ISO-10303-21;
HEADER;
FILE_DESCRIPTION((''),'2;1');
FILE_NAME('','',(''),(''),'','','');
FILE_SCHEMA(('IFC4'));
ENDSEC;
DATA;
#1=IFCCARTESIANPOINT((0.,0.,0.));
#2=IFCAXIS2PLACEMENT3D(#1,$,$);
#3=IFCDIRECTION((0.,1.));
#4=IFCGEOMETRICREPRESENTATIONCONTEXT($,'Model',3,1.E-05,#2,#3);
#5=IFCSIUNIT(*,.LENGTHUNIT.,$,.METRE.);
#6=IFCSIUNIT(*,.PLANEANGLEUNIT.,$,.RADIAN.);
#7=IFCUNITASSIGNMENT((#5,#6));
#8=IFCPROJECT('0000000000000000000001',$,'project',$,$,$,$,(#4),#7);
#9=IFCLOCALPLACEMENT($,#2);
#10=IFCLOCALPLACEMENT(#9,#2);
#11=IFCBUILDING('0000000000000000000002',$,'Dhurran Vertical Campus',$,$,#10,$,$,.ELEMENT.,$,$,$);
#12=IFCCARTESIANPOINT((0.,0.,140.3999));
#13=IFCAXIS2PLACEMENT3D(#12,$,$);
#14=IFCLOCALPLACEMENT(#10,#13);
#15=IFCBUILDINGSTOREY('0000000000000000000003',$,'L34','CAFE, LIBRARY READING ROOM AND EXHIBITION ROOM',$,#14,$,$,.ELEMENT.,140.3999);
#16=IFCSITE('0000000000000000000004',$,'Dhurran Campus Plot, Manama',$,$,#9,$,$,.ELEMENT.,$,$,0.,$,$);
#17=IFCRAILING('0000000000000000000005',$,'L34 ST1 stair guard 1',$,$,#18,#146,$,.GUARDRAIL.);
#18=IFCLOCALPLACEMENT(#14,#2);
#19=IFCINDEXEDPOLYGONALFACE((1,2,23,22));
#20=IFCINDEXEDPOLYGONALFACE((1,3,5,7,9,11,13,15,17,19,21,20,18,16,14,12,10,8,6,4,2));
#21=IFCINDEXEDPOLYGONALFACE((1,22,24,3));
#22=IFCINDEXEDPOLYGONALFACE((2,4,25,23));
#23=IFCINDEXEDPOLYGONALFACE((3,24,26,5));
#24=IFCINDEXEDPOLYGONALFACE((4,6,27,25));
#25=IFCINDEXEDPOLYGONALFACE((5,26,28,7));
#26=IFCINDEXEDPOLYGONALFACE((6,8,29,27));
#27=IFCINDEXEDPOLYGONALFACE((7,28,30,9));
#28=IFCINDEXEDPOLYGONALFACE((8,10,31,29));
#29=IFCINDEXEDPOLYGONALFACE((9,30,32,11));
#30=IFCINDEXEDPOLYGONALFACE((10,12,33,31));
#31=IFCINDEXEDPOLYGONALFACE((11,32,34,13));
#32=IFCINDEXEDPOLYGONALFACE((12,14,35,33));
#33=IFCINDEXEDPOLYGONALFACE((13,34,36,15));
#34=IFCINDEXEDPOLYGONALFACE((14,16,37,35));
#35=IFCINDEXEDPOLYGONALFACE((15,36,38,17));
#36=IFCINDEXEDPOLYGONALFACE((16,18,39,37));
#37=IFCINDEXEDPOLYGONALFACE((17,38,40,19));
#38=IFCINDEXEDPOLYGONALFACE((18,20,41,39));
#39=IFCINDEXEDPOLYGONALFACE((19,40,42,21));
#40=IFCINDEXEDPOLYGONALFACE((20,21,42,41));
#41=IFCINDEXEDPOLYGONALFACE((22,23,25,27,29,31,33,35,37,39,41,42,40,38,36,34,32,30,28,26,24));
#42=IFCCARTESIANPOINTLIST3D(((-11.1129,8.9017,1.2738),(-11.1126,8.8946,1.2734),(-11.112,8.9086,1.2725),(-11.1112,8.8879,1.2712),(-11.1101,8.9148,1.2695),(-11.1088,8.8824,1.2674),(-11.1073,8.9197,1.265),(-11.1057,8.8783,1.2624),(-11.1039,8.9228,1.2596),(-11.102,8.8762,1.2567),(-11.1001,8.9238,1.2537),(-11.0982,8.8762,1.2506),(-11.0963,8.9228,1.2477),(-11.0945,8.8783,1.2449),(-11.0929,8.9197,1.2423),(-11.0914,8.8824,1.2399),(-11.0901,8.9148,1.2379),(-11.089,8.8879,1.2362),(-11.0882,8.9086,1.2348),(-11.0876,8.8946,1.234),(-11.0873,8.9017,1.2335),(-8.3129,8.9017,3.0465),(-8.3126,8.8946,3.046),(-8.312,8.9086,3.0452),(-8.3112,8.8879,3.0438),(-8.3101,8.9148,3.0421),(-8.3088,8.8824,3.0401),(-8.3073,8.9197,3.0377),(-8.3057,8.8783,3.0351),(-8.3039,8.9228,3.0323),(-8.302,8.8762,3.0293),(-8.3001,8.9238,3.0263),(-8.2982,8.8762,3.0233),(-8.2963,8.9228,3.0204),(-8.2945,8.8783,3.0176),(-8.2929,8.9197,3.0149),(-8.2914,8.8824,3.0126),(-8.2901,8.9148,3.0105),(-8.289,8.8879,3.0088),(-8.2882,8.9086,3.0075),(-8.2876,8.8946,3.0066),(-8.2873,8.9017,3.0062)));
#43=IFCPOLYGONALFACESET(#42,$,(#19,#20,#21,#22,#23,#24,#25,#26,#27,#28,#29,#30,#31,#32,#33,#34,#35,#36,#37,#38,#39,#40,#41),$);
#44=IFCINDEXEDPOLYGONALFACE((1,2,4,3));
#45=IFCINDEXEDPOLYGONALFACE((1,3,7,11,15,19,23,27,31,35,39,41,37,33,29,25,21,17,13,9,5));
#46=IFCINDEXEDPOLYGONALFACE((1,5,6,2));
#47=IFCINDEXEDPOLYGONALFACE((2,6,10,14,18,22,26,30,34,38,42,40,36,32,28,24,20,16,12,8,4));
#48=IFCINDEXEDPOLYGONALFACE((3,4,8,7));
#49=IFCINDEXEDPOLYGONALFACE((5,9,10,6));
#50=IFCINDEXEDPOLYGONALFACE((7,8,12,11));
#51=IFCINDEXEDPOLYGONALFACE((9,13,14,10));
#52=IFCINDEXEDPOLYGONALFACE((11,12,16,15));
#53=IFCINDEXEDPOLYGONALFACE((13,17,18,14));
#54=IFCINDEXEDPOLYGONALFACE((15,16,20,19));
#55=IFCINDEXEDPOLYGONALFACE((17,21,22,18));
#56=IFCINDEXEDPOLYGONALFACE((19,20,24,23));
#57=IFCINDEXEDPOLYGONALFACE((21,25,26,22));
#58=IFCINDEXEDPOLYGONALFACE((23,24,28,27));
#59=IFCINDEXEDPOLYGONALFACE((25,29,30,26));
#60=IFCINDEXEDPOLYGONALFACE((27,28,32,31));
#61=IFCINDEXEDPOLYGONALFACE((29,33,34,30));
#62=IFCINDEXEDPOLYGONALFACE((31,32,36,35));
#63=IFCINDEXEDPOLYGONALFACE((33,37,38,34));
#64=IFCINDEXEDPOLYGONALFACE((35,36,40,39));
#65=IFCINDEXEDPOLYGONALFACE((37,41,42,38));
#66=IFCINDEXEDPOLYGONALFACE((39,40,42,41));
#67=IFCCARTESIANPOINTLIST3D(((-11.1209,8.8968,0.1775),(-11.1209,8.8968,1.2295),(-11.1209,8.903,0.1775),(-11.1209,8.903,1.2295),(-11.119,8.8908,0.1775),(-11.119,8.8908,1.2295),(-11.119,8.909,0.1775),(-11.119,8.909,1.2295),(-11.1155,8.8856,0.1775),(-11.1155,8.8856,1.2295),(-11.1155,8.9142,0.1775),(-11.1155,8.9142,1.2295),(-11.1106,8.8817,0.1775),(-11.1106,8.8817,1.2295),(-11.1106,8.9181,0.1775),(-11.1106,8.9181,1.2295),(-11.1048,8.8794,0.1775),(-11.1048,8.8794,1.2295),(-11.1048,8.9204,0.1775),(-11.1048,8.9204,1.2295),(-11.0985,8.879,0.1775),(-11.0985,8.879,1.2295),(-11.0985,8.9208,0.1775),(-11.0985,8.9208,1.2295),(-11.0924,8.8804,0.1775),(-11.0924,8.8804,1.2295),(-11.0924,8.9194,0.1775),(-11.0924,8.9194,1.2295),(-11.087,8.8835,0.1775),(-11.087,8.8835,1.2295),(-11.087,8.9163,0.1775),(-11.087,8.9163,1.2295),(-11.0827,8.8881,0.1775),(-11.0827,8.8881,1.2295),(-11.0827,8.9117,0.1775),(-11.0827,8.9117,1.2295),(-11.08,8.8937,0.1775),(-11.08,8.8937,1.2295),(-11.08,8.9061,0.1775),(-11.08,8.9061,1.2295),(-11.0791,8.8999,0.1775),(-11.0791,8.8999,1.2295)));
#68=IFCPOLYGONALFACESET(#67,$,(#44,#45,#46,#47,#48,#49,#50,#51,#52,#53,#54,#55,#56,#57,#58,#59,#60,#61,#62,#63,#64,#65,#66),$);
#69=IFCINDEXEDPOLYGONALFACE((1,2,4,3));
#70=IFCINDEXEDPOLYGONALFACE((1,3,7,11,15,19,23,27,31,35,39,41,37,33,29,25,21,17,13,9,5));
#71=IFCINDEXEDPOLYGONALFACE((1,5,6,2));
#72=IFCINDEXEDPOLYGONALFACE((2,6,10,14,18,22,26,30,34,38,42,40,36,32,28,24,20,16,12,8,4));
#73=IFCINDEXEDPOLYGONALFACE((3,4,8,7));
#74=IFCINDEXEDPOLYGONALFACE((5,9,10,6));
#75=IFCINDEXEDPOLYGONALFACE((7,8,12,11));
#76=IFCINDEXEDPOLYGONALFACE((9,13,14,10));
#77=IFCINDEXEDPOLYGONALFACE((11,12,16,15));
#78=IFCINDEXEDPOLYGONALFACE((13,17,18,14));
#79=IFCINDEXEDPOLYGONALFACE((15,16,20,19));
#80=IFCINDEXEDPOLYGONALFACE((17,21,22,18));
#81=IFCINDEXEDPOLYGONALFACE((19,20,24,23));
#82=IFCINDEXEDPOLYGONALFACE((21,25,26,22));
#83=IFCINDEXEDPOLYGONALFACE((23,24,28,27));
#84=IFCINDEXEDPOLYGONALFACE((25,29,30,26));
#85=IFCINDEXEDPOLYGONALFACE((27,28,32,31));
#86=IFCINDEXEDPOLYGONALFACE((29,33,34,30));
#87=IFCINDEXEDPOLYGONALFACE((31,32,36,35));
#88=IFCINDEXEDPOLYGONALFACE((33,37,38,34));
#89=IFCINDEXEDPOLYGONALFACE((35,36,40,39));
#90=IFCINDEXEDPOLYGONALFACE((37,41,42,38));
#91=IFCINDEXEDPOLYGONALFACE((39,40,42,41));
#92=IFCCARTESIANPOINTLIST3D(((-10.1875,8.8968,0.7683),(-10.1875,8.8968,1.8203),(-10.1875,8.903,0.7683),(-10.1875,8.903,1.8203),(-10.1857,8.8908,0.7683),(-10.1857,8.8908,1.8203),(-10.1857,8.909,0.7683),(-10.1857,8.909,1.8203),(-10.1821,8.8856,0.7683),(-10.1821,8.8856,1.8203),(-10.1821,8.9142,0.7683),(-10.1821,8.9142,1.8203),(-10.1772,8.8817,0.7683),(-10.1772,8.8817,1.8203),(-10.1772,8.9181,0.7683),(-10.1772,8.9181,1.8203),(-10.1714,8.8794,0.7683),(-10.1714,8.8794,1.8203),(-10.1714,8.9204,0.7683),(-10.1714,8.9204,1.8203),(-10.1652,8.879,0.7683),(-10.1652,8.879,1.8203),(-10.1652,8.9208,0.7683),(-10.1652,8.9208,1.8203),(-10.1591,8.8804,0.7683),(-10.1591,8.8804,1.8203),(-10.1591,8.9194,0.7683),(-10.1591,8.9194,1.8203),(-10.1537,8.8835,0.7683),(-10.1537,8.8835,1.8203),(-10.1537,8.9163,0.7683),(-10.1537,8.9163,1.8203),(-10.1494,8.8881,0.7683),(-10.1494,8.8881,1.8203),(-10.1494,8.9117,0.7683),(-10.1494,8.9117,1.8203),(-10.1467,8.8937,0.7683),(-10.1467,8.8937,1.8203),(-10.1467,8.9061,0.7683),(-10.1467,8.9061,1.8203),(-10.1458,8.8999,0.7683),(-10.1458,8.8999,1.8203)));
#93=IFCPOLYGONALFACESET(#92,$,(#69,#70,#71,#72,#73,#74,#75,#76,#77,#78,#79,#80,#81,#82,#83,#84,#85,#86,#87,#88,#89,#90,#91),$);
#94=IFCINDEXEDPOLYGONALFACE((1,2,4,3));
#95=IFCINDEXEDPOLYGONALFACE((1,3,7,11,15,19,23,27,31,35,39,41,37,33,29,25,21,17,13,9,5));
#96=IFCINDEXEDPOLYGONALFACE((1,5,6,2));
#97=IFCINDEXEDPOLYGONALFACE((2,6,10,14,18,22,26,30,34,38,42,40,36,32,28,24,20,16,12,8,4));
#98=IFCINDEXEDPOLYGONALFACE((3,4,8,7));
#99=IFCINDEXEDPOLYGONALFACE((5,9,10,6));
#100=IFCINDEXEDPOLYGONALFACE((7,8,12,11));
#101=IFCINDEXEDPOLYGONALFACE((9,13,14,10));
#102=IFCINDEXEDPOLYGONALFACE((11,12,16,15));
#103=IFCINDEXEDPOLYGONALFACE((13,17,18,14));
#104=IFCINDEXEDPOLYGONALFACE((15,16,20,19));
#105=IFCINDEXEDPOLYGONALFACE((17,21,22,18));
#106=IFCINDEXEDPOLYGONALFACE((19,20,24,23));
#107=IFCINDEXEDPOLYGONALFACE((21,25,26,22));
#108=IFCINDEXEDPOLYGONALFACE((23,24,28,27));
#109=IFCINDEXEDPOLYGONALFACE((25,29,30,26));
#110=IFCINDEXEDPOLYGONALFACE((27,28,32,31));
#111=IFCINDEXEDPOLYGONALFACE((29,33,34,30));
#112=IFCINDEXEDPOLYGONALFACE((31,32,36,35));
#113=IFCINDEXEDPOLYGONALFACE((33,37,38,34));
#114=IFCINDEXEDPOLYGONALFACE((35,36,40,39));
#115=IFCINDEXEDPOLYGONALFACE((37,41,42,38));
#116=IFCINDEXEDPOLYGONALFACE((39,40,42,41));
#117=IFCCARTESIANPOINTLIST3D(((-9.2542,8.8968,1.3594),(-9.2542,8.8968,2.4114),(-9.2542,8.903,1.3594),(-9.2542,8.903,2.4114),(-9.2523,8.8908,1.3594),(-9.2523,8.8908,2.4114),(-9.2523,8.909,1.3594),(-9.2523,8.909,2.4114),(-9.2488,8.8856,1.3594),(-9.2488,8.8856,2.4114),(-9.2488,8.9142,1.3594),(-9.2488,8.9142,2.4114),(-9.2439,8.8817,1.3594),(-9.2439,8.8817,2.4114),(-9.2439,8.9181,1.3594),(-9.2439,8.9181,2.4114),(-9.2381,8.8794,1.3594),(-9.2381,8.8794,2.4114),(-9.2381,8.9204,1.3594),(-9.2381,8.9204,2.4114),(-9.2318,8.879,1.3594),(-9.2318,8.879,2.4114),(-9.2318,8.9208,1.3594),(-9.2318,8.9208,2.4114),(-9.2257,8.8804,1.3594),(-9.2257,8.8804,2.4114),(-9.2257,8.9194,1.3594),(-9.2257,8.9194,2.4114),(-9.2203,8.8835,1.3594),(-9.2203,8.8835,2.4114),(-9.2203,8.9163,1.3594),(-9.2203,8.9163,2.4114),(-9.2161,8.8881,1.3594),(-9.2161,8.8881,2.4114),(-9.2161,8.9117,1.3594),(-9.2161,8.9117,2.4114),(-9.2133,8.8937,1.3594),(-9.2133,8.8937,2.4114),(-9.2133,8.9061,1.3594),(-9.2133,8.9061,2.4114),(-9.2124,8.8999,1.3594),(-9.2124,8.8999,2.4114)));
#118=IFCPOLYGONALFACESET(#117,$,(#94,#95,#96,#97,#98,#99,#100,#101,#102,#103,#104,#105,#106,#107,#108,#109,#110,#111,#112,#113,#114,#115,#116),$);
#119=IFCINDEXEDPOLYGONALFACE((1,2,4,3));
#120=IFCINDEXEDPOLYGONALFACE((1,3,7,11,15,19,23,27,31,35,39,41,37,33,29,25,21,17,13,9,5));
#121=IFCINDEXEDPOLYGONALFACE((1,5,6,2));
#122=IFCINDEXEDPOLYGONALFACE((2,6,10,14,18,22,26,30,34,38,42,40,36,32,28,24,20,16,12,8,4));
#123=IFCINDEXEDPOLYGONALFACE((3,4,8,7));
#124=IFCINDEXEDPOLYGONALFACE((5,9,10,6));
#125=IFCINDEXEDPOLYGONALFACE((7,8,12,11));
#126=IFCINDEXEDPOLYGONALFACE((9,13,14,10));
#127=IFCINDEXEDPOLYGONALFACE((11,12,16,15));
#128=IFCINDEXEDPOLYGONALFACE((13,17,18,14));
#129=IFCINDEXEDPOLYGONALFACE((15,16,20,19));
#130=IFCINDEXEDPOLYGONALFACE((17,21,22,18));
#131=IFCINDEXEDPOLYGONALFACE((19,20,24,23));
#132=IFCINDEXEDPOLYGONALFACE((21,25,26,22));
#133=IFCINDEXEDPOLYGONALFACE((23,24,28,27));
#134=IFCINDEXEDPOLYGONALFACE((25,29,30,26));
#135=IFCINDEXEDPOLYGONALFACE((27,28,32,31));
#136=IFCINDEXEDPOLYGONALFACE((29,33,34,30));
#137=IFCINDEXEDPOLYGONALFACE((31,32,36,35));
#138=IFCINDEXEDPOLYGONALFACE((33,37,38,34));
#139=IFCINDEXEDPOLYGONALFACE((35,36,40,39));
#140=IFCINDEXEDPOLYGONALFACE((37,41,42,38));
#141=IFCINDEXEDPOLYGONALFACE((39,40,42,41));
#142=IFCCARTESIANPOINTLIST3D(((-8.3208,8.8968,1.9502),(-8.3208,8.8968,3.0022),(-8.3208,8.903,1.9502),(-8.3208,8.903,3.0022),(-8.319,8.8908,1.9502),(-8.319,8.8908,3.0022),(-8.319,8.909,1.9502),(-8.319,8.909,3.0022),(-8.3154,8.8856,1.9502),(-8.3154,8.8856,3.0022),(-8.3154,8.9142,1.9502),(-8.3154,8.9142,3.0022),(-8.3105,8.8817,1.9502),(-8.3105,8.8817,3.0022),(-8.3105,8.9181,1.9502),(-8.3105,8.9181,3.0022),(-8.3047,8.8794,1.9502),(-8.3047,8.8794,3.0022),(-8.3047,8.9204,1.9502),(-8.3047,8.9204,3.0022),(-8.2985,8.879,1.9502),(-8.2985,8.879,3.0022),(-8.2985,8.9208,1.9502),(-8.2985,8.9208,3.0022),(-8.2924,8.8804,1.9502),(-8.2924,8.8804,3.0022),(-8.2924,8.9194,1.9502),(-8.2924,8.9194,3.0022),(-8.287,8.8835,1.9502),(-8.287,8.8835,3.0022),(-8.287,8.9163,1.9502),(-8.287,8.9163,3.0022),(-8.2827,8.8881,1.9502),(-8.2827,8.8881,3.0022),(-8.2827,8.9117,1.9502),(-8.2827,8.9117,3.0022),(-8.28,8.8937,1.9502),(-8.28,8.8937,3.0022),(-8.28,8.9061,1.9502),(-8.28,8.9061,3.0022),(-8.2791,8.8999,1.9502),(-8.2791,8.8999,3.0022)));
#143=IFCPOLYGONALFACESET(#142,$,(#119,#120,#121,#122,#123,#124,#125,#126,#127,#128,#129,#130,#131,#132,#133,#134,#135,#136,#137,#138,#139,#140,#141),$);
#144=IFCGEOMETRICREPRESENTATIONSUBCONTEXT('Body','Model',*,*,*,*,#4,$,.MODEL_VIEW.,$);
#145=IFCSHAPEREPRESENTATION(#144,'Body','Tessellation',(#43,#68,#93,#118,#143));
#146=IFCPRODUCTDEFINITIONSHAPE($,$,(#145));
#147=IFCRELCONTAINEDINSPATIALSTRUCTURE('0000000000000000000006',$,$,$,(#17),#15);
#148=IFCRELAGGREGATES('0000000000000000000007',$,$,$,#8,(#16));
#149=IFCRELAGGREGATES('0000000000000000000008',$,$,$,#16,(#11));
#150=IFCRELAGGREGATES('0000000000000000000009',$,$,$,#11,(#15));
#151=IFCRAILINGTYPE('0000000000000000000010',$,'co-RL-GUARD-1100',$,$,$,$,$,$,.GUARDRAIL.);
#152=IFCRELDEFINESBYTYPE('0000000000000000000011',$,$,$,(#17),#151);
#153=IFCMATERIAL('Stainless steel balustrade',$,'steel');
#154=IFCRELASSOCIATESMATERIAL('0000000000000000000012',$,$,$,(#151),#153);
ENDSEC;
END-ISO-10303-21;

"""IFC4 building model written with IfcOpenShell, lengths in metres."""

from ifc_helpers import new_model, si_unit, direction, frame, origin, origin_2d, place, context, subcontext, project, spatial, circle, extrude, material, type_object, element, save


model = new_model("IFC4")

# Units and contexts
model_context = context("Model", 3, precision=1e-05, world=origin(), true_north=direction((0.0, 1.0)))
body_context = subcontext(model_context, "Body", "Model", "MODEL_VIEW")
ifc_project = project(units=[si_unit("LENGTHUNIT", "METRE"), si_unit("PLANEANGLEUNIT", "RADIAN")], contexts=[model_context])

# Site, building, storey
site_placement = place(None, origin())
site = spatial("IfcSite", under=ifc_project, at=site_placement, Name="Dhurran Campus Plot, Manama", CompositionType="ELEMENT", RefElevation=0.0)
building_placement = place(site_placement, origin())
building = spatial("IfcBuilding", under=site, at=building_placement, Name="Dhurran Vertical Campus", CompositionType="ELEMENT")
storey_placement = place(building_placement, frame((0.0, 0.0, 140.3999)))
storey = spatial("IfcBuildingStorey", under=building, at=storey_placement, Name="L34", Description="CAFE, LIBRARY READING ROOM AND EXHIBITION ROOM", CompositionType="ELEMENT", Elevation=140.3999)

# Railing
ifc_material_1 = material(Name="Stainless steel balustrade", Category="steel")
railing_type_1 = type_object("IfcRailingType", Name="co-RL-GUARD-1100", PredefinedType="GUARDRAIL", material=ifc_material_1)
railing_1_placement = place(storey_placement, frame((-11.1001, 8.8999, 0.1775)))
element("IfcRailing", 1, at=railing_1_placement, inside=storey, type_object=railing_type_1, Name="L34 ST1 stair guard 1", PredefinedType="GUARDRAIL", context=body_context, shape_type="SweptSolid", body=[
    extrude(circle(Radius=0.0239, at=origin_2d()), frame((0.0, 0.0, 1.0762), z_axis=(0.844909, 0.0, 0.53491), x_axis=(0.0, 1.0, 0.0)), (0.0, 0.0, 1.0), 3.314),
    extrude(circle(Radius=0.021, at=origin_2d()), origin(), (0.0, 0.0, 1.0), 1.052),
    extrude(circle(Radius=0.021, at=origin_2d()), frame((0.9333, 0.0, 0.5908)), (0.0, 0.0, 1.0), 1.052),
    extrude(circle(Radius=0.021, at=origin_2d()), frame((1.8667, 0.0, 1.1819)), (0.0, 0.0, 1.0), 1.052),
    extrude(circle(Radius=0.021, at=origin_2d()), frame((2.8, 0.0, 1.7727)), (0.0, 0.0, 1.0), 1.052),
])

save(model, "model.ifc")
